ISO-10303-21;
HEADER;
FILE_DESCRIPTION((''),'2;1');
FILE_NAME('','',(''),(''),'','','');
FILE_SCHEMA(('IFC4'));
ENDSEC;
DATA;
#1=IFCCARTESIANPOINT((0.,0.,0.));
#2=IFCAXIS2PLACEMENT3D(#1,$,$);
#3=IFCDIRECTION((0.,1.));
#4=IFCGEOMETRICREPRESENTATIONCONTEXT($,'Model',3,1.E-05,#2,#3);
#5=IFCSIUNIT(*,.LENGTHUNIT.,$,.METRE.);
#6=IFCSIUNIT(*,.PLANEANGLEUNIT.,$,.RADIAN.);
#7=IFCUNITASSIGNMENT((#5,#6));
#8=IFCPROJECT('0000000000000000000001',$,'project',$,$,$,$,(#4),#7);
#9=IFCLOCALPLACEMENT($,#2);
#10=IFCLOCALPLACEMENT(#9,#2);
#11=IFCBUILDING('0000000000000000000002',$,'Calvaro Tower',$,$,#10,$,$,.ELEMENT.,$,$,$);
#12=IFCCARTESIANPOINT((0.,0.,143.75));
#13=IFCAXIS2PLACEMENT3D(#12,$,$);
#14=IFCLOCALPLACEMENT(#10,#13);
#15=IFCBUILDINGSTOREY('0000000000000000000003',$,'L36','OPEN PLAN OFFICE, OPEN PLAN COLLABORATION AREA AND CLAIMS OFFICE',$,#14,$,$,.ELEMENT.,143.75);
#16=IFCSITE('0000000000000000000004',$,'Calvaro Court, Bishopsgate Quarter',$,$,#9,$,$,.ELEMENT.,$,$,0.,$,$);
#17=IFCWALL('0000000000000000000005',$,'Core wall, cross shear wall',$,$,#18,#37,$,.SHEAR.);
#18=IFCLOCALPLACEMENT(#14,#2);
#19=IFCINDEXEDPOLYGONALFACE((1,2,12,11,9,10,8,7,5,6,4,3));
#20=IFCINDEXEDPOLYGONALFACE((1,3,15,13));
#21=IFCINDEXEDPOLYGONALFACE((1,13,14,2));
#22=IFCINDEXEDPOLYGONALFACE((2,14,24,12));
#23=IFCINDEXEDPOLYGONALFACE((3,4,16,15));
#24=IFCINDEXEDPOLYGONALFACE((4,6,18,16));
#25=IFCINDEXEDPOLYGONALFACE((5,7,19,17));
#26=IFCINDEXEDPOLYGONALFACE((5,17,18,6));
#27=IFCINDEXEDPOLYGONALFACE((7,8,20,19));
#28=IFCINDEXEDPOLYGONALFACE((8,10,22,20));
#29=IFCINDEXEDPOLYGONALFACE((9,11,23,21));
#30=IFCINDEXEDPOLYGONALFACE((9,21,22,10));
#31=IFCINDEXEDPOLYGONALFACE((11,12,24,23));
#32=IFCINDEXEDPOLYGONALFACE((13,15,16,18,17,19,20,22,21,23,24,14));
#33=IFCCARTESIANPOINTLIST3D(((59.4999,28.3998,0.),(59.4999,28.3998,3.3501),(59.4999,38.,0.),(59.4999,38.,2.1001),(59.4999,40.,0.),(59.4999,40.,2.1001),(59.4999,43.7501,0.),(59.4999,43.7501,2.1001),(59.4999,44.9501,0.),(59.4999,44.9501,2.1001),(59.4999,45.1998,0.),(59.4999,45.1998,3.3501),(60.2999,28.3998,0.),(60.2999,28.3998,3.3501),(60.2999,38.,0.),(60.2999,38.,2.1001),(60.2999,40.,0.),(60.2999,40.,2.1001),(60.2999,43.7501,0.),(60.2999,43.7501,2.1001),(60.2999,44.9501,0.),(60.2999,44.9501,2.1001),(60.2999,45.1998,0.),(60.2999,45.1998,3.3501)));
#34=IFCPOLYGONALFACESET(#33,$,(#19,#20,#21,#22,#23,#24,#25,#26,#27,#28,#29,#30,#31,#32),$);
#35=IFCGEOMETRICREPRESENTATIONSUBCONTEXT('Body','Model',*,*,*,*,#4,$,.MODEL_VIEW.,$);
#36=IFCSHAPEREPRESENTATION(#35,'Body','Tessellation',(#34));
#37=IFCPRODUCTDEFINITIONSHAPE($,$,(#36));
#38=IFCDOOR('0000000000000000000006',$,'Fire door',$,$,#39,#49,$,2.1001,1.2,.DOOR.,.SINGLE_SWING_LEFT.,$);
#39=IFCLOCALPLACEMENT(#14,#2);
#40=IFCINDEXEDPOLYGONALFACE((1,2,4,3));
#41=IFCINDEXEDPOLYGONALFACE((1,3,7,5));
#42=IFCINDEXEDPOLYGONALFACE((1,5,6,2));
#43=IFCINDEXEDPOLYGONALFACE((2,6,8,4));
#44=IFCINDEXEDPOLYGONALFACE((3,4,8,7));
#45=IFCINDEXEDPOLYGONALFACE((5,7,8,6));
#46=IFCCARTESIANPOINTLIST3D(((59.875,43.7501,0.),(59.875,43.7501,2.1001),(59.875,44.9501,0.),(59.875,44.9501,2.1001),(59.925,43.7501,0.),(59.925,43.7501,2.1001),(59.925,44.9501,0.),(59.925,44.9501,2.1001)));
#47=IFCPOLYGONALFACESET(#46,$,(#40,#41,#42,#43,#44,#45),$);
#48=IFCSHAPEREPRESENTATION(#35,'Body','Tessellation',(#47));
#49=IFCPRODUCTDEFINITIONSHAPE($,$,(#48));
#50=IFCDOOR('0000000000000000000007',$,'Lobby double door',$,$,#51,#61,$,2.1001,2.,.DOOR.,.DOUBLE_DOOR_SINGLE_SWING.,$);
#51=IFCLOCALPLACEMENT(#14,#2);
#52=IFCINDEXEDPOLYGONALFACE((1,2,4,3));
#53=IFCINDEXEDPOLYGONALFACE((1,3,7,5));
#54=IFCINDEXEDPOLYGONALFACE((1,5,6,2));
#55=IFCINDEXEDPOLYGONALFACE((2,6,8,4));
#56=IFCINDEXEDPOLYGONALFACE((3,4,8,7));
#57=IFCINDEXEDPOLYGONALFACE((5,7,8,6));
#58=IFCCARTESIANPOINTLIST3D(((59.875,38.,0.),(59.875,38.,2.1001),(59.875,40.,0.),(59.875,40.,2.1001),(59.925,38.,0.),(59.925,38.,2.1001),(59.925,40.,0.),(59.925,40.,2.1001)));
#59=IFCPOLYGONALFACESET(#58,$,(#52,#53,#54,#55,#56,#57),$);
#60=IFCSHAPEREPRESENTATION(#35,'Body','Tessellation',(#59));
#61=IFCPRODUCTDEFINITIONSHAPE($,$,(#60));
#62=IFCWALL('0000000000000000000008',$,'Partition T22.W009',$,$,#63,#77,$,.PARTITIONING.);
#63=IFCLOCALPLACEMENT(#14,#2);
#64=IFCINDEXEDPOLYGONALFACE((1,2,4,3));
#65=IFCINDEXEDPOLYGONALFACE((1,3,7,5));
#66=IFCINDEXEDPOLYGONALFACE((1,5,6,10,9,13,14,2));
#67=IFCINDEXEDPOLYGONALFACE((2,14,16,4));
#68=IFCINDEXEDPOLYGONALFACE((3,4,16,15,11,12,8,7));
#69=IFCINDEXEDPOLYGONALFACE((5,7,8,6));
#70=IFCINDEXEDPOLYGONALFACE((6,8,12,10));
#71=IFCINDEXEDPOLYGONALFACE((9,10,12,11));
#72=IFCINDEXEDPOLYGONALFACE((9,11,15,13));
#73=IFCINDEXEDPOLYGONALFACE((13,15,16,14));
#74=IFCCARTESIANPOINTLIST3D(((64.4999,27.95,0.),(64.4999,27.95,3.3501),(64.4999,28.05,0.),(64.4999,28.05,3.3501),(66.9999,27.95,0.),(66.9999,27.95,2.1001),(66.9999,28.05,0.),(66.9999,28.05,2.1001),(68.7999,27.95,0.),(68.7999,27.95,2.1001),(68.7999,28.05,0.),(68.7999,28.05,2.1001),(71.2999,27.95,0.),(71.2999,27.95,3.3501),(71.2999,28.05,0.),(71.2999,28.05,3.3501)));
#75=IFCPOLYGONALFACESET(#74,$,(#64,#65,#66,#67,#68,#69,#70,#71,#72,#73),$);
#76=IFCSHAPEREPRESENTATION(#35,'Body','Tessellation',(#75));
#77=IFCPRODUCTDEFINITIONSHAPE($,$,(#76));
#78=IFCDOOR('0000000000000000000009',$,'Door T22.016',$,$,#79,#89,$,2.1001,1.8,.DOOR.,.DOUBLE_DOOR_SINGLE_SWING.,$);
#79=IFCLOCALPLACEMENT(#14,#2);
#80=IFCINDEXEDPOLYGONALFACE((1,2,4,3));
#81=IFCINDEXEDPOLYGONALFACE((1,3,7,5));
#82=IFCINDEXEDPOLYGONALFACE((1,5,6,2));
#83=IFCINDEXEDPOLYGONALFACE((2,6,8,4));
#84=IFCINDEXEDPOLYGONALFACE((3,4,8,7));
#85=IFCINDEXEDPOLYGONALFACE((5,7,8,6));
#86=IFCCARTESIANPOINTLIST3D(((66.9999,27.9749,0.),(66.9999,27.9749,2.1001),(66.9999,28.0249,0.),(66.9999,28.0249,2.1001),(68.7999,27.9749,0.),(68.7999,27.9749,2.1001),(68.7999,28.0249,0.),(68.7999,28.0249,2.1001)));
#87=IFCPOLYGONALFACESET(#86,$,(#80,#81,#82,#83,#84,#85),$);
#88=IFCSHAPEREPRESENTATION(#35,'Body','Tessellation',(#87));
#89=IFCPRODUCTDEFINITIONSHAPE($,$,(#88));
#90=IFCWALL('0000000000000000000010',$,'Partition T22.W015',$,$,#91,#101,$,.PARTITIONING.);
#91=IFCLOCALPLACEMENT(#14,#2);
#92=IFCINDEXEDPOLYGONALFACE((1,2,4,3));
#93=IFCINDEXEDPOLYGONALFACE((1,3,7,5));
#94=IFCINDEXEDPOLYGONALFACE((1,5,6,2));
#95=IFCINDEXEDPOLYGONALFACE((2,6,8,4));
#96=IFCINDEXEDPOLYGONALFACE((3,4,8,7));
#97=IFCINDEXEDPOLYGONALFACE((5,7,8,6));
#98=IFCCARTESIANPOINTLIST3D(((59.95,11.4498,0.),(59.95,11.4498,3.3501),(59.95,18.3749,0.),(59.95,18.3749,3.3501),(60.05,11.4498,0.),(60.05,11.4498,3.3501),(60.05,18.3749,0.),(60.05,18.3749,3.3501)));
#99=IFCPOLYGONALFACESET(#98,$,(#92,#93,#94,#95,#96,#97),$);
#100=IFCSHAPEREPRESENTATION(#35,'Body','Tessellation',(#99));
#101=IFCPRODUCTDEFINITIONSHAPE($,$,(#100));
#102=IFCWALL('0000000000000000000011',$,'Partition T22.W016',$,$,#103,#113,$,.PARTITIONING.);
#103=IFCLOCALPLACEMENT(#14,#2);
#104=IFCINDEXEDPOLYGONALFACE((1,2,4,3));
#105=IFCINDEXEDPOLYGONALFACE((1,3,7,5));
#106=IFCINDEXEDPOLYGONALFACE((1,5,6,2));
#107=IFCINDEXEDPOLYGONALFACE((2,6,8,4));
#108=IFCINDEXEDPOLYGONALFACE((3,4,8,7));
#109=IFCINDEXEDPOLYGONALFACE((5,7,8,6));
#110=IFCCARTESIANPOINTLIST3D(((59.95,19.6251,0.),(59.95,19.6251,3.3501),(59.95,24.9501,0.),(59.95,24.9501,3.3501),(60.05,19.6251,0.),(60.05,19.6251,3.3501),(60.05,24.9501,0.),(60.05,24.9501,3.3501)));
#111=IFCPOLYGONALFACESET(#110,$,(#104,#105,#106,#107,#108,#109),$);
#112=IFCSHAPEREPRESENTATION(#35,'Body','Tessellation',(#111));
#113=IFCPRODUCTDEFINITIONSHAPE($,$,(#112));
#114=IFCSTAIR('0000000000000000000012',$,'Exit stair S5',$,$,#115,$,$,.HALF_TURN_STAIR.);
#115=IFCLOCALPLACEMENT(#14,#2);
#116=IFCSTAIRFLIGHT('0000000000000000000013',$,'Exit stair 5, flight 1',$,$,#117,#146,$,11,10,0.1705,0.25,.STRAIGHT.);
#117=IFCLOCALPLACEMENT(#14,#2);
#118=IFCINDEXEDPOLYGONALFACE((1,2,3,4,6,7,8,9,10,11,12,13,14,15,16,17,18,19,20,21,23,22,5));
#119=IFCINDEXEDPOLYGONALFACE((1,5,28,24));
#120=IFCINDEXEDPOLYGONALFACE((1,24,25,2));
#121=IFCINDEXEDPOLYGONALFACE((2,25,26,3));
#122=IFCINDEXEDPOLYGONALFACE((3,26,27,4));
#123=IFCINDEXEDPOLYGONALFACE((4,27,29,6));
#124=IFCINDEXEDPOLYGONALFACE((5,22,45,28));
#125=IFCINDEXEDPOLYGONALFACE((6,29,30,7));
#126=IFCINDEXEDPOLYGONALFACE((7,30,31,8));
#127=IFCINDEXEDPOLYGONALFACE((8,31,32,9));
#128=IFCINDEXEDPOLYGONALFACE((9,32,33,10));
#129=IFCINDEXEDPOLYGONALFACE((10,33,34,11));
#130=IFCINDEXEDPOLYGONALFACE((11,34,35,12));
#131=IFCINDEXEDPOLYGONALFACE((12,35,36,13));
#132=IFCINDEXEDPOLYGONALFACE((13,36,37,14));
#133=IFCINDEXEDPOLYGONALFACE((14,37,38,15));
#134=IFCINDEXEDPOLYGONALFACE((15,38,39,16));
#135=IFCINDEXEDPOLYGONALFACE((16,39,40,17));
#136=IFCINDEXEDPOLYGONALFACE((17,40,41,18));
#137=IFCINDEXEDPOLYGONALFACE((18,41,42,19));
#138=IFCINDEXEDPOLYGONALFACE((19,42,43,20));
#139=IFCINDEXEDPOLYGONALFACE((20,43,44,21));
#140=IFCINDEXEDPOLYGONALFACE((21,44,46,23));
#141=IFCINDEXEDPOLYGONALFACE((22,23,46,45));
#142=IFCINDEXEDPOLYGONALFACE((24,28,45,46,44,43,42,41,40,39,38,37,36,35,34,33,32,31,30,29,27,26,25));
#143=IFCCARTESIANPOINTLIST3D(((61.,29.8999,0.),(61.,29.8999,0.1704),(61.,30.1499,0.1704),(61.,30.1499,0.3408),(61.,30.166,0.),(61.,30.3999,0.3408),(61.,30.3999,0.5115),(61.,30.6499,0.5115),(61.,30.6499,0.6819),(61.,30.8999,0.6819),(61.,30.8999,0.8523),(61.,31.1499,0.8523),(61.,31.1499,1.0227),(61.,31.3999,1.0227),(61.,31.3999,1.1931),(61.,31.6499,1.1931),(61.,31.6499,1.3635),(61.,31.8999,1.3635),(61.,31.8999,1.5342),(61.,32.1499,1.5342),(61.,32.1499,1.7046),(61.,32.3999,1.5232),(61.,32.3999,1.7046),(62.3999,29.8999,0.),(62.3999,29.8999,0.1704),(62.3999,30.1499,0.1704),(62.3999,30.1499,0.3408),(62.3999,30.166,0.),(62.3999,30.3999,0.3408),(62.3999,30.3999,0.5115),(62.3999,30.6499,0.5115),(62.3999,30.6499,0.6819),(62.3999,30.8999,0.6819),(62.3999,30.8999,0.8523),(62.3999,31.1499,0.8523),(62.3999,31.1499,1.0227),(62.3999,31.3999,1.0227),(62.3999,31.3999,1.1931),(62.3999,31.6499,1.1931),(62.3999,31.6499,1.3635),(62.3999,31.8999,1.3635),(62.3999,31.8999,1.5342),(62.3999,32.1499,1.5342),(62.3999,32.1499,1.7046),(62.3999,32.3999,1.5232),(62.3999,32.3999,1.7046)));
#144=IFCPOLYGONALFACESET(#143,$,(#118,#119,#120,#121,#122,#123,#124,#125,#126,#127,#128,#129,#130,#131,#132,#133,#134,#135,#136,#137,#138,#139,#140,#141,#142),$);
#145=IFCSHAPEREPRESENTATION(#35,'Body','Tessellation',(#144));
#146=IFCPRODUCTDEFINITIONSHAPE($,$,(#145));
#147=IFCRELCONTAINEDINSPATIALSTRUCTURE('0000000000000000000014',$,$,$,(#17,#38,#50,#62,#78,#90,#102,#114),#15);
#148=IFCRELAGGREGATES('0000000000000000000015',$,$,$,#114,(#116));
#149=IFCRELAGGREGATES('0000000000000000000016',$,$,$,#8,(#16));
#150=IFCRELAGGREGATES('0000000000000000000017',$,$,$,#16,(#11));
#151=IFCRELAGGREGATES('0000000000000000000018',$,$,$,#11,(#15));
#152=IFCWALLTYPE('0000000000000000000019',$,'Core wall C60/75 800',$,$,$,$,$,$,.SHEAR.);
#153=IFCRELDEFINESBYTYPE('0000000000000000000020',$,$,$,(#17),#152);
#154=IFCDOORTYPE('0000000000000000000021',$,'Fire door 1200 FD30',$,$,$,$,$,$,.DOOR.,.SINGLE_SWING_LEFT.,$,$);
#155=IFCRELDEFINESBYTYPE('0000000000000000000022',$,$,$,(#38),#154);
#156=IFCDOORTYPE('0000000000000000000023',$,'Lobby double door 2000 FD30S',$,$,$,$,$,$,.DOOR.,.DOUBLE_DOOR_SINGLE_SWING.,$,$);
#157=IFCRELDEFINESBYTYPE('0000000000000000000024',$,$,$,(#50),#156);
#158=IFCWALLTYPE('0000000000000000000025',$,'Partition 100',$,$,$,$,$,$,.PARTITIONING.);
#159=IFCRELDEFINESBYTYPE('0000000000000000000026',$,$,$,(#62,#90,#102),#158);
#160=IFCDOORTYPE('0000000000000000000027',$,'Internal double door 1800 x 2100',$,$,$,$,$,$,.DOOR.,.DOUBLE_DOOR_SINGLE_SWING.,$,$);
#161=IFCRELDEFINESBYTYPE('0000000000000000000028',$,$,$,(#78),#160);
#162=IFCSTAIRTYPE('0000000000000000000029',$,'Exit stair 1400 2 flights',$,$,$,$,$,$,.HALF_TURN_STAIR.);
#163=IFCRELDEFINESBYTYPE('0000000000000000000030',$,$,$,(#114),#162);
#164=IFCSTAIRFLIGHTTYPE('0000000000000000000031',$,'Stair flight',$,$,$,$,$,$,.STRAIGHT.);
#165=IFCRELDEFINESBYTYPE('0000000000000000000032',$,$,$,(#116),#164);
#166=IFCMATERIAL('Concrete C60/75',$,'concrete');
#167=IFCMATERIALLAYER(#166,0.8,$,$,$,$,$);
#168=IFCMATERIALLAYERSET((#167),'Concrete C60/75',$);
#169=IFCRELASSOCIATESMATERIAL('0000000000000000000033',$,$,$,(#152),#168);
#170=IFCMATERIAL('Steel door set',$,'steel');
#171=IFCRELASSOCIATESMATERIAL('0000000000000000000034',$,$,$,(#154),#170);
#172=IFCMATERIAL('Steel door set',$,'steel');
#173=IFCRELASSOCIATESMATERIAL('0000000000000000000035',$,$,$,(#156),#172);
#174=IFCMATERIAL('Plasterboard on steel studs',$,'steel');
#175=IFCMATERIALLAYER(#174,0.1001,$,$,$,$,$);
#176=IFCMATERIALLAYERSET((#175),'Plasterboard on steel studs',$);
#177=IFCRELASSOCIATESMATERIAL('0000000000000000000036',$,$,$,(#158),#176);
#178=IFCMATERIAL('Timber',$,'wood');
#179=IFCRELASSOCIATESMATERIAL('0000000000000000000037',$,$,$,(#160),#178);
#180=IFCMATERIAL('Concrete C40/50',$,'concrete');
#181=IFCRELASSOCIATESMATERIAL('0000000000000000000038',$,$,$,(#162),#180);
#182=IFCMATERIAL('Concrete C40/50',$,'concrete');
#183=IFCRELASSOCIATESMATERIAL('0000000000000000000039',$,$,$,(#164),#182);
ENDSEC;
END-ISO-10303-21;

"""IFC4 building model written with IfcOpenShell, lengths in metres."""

from ifc_helpers import new_model, si_unit, direction, frame, frame_2d, origin, place, context, subcontext, project, spatial, polyline, rectangle, outline, extrude, material, layer, layer_set, type_object, element, fill, aggregate, save


model = new_model("IFC4")

# Units and contexts
model_context = context("Model", 3, precision=1e-05, world=origin(), true_north=direction((0.0, 1.0)))
body_context = subcontext(model_context, "Body", "Model", "MODEL_VIEW")
ifc_project = project(units=[si_unit("LENGTHUNIT", "METRE"), si_unit("PLANEANGLEUNIT", "RADIAN")], contexts=[model_context])

# Site, building, storey
site_placement = place(None, origin())
site = spatial("IfcSite", under=ifc_project, at=site_placement, Name="Calvaro Court, Bishopsgate Quarter", CompositionType="ELEMENT", RefElevation=0.0)
building_placement = place(site_placement, origin())
building = spatial("IfcBuilding", under=site, at=building_placement, Name="Calvaro Tower", CompositionType="ELEMENT")
storey_placement = place(building_placement, frame((0.0, 0.0, 143.75)))
storey = spatial("IfcBuildingStorey", under=building, at=storey_placement, Name="L36", Description="OPEN PLAN OFFICE, OPEN PLAN COLLABORATION AREA AND CLAIMS OFFICE", CompositionType="ELEMENT", Elevation=143.75)

# Wall, openings, doors
ifc_material_1 = material(Name="Concrete C60/75", Category="concrete")
ifc_layer_1 = layer(ifc_material_1, 0.8)
ifc_layer_set_1 = layer_set([ifc_layer_1], Name="Concrete C60/75")
wall_type_1 = type_object("IfcWallType", Name="Core wall C60/75 800", PredefinedType="SHEAR", material=ifc_layer_set_1)
wall_1_placement = place(storey_placement, frame((59.8999, 28.3999, 0.0), z_axis=(0.0, 0.0, 1.0), x_axis=(0.0, 1.0, 0.0)))
wall_1 = element("IfcWall", 1, at=wall_1_placement, inside=storey, type_object=wall_type_1, Name="Core wall, cross shear wall", PredefinedType="SHEAR", context=body_context, shape_type="SweptSolid", body=[
    extrude(rectangle(XDim=16.8, YDim=0.8, at=frame_2d((8.3999, 0.0))), origin(), (0.0, 0.0, 1.0), 3.3501),
])
opening_1_placement = place(wall_1_placement, frame((9.6001, 0.0, 0.0)))
opening_1 = element("IfcOpeningElement", 2, at=opening_1_placement, cuts=wall_1, PredefinedType="OPENING", context=body_context, shape_type="SweptSolid", body=[
    extrude(rectangle(XDim=2.0, YDim=2.1001, at=frame_2d((1.0, 1.05))), frame((0.0, 0.4099, 0.0), z_axis=(0.0, -1.0, 0.0), x_axis=(1.0, 0.0, 0.0)), (0.0, 0.0, 1.0), 0.8201),
])
opening_2_placement = place(wall_1_placement, frame((15.3501, 0.0, 0.0)))
opening_2 = element("IfcOpeningElement", 3, at=opening_2_placement, cuts=wall_1, PredefinedType="OPENING", context=body_context, shape_type="SweptSolid", body=[
    extrude(rectangle(XDim=1.2, YDim=2.1001, at=frame_2d((0.6001, 1.05))), frame((0.0, 0.4099, 0.0), z_axis=(0.0, -1.0, 0.0), x_axis=(1.0, 0.0, 0.0)), (0.0, 0.0, 1.0), 0.8201),
])
ifc_material_2 = material(Name="Steel door set", Category="steel")
door_type_1 = type_object("IfcDoorType", Name="Fire door 1200 FD30", OperationType="SINGLE_SWING_LEFT", PredefinedType="DOOR", material=ifc_material_2)
door_1_placement = place(opening_2_placement, origin())
door_1 = element("IfcDoor", 4, at=door_1_placement, inside=storey, type_object=door_type_1, Name="Fire door", OperationType="SINGLE_SWING_LEFT", OverallHeight=2.1001, OverallWidth=1.2, PredefinedType="DOOR", context=body_context, shape_type="SweptSolid", body=[
    extrude(rectangle(XDim=1.2, YDim=2.1001, at=frame_2d((0.6001, 1.05))), frame((0.0, 0.0249, 0.0), z_axis=(0.0, -1.0, 0.0), x_axis=(1.0, 0.0, 0.0)), (0.0, 0.0, 1.0), 0.05),
])
fill(opening_2, door_1)
ifc_material_3 = material(Name="Steel door set", Category="steel")
door_type_2 = type_object("IfcDoorType", Name="Lobby double door 2000 FD30S", OperationType="DOUBLE_DOOR_SINGLE_SWING", PredefinedType="DOOR", material=ifc_material_3)
door_2_placement = place(opening_1_placement, origin())
door_2 = element("IfcDoor", 5, at=door_2_placement, inside=storey, type_object=door_type_2, Name="Lobby double door", OperationType="DOUBLE_DOOR_SINGLE_SWING", OverallHeight=2.1001, OverallWidth=2.0, PredefinedType="DOOR", context=body_context, shape_type="SweptSolid", body=[
    extrude(rectangle(XDim=2.0, YDim=2.1001, at=frame_2d((1.0, 1.05))), frame((0.0, 0.0249, 0.0), z_axis=(0.0, -1.0, 0.0), x_axis=(1.0, 0.0, 0.0)), (0.0, 0.0, 1.0), 0.05),
])
fill(opening_1, door_2)

# Wall, opening, door
ifc_material_4 = material(Name="Plasterboard on steel studs", Category="steel")
ifc_layer_2 = layer(ifc_material_4, 0.1001)
ifc_layer_set_2 = layer_set([ifc_layer_2], Name="Plasterboard on steel studs")
wall_type_2 = type_object("IfcWallType", Name="Partition 100", PredefinedType="PARTITIONING", material=ifc_layer_set_2)
wall_2_placement = place(storey_placement, frame((64.5, 28.0, 0.0), z_axis=(0.0, 0.0, 1.0), x_axis=(1.0, 0.0, 0.0)))
wall_2 = element("IfcWall", 6, at=wall_2_placement, inside=storey, type_object=wall_type_2, Name="Partition T22.W009", PredefinedType="PARTITIONING", context=body_context, shape_type="SweptSolid", body=[
    extrude(rectangle(XDim=6.8, YDim=0.1001, at=frame_2d((3.3999, 0.0))), origin(), (0.0, 0.0, 1.0), 3.3501),
])
opening_3_placement = place(wall_2_placement, frame((2.5, 0.0, 0.0)))
opening_3 = element("IfcOpeningElement", 7, at=opening_3_placement, cuts=wall_2, PredefinedType="OPENING", context=body_context, shape_type="SweptSolid", body=[
    extrude(rectangle(XDim=1.8, YDim=2.1001, at=frame_2d((0.8999, 1.05))), frame((0.0, 0.0601, 0.0), z_axis=(0.0, -1.0, 0.0), x_axis=(1.0, 0.0, 0.0)), (0.0, 0.0, 1.0), 0.1201),
])
ifc_material_5 = material(Name="Timber", Category="wood")
door_type_3 = type_object("IfcDoorType", Name="Internal double door 1800 x 2100", OperationType="DOUBLE_DOOR_SINGLE_SWING", PredefinedType="DOOR", material=ifc_material_5)
door_3_placement = place(opening_3_placement, origin())
door_3 = element("IfcDoor", 8, at=door_3_placement, inside=storey, type_object=door_type_3, Name="Door T22.016", OperationType="DOUBLE_DOOR_SINGLE_SWING", OverallHeight=2.1001, OverallWidth=1.8, PredefinedType="DOOR", context=body_context, shape_type="SweptSolid", body=[
    extrude(rectangle(XDim=1.8, YDim=2.1001, at=frame_2d((0.8999, 1.05))), frame((0.0, 0.0249, 0.0), z_axis=(0.0, -1.0, 0.0), x_axis=(1.0, 0.0, 0.0)), (0.0, 0.0, 1.0), 0.05),
])
fill(opening_3, door_3)

# Walls
wall_3_placement = place(storey_placement, frame((60.0, 11.45, 0.0), z_axis=(0.0, 0.0, 1.0), x_axis=(0.0, 1.0, 0.0)))
element("IfcWall", 9, at=wall_3_placement, inside=storey, type_object=wall_type_2, Name="Partition T22.W015", PredefinedType="PARTITIONING", context=body_context, shape_type="SweptSolid", body=[
    extrude(rectangle(XDim=6.925, YDim=0.1001, at=frame_2d((3.4624, 0.0))), origin(), (0.0, 0.0, 1.0), 3.3501),
])
wall_4_placement = place(storey_placement, frame((60.0, 19.625, 0.0), z_axis=(0.0, 0.0, 1.0), x_axis=(0.0, 1.0, 0.0)))
element("IfcWall", 10, at=wall_4_placement, inside=storey, type_object=wall_type_2, Name="Partition T22.W016", PredefinedType="PARTITIONING", context=body_context, shape_type="SweptSolid", body=[
    extrude(rectangle(XDim=5.325, YDim=0.1001, at=frame_2d((2.6626, 0.0))), origin(), (0.0, 0.0, 1.0), 3.3501),
])

# Stair, stair flight
ifc_material_6 = material(Name="Concrete C40/50", Category="concrete")
stair_type = type_object("IfcStairType", Name="Exit stair 1400 2 flights", PredefinedType="HALF_TURN_STAIR", material=ifc_material_6)
stair_placement = place(storey_placement, origin())
stair = element("IfcStair", 11, at=stair_placement, inside=storey, type_object=stair_type, Name="Exit stair S5", PredefinedType="HALF_TURN_STAIR")
ifc_material_7 = material(Name="Concrete C40/50", Category="concrete")
stair_flight_type = type_object("IfcStairFlightType", Name="Stair flight", PredefinedType="STRAIGHT", material=ifc_material_7)
stair_flight_placement = place(storey_placement, frame((61.7, 29.8999, 0.0), z_axis=(0.0, 0.0, 1.0), x_axis=(0.0, 1.0, 0.0)))
stair_flight = element("IfcStairFlight", 12, at=stair_flight_placement, type_object=stair_flight_type, Name="Exit stair 5, flight 1", NumberOfRisers=11, NumberOfTreads=10, PredefinedType="STRAIGHT", RiserHeight=0.1705, TreadLength=0.25, context=body_context, shape_type="SweptSolid", body=[
    extrude(outline(polyline([(0.0, 0.0), (0.0, 0.1704), (0.25, 0.1704), (0.25, 0.3408), (0.5, 0.3408), (0.5, 0.5115), (0.75, 0.5115), (0.75, 0.6819), (1.0, 0.6819), (1.0, 0.8523), (1.25, 0.8523), (1.25, 1.0227), (1.5, 1.0227), (1.5, 1.1931), (1.75, 1.1931), (1.75, 1.3635), (2.0, 1.3635), (2.0, 1.5342), (2.25, 1.5342), (2.25, 1.7046), (2.5, 1.7046), (2.5, 1.875), (2.5, 1.5232), (0.2661, 0.0), (0.0, 0.0)])), frame((0.0, 0.7, 0.0), z_axis=(0.0, -1.0, 0.0), x_axis=(1.0, 0.0, 0.0)), (0.0, 0.0, 1.0), 1.3999),
])
aggregate(stair, [stair_flight])

save(model, "model.ifc")
